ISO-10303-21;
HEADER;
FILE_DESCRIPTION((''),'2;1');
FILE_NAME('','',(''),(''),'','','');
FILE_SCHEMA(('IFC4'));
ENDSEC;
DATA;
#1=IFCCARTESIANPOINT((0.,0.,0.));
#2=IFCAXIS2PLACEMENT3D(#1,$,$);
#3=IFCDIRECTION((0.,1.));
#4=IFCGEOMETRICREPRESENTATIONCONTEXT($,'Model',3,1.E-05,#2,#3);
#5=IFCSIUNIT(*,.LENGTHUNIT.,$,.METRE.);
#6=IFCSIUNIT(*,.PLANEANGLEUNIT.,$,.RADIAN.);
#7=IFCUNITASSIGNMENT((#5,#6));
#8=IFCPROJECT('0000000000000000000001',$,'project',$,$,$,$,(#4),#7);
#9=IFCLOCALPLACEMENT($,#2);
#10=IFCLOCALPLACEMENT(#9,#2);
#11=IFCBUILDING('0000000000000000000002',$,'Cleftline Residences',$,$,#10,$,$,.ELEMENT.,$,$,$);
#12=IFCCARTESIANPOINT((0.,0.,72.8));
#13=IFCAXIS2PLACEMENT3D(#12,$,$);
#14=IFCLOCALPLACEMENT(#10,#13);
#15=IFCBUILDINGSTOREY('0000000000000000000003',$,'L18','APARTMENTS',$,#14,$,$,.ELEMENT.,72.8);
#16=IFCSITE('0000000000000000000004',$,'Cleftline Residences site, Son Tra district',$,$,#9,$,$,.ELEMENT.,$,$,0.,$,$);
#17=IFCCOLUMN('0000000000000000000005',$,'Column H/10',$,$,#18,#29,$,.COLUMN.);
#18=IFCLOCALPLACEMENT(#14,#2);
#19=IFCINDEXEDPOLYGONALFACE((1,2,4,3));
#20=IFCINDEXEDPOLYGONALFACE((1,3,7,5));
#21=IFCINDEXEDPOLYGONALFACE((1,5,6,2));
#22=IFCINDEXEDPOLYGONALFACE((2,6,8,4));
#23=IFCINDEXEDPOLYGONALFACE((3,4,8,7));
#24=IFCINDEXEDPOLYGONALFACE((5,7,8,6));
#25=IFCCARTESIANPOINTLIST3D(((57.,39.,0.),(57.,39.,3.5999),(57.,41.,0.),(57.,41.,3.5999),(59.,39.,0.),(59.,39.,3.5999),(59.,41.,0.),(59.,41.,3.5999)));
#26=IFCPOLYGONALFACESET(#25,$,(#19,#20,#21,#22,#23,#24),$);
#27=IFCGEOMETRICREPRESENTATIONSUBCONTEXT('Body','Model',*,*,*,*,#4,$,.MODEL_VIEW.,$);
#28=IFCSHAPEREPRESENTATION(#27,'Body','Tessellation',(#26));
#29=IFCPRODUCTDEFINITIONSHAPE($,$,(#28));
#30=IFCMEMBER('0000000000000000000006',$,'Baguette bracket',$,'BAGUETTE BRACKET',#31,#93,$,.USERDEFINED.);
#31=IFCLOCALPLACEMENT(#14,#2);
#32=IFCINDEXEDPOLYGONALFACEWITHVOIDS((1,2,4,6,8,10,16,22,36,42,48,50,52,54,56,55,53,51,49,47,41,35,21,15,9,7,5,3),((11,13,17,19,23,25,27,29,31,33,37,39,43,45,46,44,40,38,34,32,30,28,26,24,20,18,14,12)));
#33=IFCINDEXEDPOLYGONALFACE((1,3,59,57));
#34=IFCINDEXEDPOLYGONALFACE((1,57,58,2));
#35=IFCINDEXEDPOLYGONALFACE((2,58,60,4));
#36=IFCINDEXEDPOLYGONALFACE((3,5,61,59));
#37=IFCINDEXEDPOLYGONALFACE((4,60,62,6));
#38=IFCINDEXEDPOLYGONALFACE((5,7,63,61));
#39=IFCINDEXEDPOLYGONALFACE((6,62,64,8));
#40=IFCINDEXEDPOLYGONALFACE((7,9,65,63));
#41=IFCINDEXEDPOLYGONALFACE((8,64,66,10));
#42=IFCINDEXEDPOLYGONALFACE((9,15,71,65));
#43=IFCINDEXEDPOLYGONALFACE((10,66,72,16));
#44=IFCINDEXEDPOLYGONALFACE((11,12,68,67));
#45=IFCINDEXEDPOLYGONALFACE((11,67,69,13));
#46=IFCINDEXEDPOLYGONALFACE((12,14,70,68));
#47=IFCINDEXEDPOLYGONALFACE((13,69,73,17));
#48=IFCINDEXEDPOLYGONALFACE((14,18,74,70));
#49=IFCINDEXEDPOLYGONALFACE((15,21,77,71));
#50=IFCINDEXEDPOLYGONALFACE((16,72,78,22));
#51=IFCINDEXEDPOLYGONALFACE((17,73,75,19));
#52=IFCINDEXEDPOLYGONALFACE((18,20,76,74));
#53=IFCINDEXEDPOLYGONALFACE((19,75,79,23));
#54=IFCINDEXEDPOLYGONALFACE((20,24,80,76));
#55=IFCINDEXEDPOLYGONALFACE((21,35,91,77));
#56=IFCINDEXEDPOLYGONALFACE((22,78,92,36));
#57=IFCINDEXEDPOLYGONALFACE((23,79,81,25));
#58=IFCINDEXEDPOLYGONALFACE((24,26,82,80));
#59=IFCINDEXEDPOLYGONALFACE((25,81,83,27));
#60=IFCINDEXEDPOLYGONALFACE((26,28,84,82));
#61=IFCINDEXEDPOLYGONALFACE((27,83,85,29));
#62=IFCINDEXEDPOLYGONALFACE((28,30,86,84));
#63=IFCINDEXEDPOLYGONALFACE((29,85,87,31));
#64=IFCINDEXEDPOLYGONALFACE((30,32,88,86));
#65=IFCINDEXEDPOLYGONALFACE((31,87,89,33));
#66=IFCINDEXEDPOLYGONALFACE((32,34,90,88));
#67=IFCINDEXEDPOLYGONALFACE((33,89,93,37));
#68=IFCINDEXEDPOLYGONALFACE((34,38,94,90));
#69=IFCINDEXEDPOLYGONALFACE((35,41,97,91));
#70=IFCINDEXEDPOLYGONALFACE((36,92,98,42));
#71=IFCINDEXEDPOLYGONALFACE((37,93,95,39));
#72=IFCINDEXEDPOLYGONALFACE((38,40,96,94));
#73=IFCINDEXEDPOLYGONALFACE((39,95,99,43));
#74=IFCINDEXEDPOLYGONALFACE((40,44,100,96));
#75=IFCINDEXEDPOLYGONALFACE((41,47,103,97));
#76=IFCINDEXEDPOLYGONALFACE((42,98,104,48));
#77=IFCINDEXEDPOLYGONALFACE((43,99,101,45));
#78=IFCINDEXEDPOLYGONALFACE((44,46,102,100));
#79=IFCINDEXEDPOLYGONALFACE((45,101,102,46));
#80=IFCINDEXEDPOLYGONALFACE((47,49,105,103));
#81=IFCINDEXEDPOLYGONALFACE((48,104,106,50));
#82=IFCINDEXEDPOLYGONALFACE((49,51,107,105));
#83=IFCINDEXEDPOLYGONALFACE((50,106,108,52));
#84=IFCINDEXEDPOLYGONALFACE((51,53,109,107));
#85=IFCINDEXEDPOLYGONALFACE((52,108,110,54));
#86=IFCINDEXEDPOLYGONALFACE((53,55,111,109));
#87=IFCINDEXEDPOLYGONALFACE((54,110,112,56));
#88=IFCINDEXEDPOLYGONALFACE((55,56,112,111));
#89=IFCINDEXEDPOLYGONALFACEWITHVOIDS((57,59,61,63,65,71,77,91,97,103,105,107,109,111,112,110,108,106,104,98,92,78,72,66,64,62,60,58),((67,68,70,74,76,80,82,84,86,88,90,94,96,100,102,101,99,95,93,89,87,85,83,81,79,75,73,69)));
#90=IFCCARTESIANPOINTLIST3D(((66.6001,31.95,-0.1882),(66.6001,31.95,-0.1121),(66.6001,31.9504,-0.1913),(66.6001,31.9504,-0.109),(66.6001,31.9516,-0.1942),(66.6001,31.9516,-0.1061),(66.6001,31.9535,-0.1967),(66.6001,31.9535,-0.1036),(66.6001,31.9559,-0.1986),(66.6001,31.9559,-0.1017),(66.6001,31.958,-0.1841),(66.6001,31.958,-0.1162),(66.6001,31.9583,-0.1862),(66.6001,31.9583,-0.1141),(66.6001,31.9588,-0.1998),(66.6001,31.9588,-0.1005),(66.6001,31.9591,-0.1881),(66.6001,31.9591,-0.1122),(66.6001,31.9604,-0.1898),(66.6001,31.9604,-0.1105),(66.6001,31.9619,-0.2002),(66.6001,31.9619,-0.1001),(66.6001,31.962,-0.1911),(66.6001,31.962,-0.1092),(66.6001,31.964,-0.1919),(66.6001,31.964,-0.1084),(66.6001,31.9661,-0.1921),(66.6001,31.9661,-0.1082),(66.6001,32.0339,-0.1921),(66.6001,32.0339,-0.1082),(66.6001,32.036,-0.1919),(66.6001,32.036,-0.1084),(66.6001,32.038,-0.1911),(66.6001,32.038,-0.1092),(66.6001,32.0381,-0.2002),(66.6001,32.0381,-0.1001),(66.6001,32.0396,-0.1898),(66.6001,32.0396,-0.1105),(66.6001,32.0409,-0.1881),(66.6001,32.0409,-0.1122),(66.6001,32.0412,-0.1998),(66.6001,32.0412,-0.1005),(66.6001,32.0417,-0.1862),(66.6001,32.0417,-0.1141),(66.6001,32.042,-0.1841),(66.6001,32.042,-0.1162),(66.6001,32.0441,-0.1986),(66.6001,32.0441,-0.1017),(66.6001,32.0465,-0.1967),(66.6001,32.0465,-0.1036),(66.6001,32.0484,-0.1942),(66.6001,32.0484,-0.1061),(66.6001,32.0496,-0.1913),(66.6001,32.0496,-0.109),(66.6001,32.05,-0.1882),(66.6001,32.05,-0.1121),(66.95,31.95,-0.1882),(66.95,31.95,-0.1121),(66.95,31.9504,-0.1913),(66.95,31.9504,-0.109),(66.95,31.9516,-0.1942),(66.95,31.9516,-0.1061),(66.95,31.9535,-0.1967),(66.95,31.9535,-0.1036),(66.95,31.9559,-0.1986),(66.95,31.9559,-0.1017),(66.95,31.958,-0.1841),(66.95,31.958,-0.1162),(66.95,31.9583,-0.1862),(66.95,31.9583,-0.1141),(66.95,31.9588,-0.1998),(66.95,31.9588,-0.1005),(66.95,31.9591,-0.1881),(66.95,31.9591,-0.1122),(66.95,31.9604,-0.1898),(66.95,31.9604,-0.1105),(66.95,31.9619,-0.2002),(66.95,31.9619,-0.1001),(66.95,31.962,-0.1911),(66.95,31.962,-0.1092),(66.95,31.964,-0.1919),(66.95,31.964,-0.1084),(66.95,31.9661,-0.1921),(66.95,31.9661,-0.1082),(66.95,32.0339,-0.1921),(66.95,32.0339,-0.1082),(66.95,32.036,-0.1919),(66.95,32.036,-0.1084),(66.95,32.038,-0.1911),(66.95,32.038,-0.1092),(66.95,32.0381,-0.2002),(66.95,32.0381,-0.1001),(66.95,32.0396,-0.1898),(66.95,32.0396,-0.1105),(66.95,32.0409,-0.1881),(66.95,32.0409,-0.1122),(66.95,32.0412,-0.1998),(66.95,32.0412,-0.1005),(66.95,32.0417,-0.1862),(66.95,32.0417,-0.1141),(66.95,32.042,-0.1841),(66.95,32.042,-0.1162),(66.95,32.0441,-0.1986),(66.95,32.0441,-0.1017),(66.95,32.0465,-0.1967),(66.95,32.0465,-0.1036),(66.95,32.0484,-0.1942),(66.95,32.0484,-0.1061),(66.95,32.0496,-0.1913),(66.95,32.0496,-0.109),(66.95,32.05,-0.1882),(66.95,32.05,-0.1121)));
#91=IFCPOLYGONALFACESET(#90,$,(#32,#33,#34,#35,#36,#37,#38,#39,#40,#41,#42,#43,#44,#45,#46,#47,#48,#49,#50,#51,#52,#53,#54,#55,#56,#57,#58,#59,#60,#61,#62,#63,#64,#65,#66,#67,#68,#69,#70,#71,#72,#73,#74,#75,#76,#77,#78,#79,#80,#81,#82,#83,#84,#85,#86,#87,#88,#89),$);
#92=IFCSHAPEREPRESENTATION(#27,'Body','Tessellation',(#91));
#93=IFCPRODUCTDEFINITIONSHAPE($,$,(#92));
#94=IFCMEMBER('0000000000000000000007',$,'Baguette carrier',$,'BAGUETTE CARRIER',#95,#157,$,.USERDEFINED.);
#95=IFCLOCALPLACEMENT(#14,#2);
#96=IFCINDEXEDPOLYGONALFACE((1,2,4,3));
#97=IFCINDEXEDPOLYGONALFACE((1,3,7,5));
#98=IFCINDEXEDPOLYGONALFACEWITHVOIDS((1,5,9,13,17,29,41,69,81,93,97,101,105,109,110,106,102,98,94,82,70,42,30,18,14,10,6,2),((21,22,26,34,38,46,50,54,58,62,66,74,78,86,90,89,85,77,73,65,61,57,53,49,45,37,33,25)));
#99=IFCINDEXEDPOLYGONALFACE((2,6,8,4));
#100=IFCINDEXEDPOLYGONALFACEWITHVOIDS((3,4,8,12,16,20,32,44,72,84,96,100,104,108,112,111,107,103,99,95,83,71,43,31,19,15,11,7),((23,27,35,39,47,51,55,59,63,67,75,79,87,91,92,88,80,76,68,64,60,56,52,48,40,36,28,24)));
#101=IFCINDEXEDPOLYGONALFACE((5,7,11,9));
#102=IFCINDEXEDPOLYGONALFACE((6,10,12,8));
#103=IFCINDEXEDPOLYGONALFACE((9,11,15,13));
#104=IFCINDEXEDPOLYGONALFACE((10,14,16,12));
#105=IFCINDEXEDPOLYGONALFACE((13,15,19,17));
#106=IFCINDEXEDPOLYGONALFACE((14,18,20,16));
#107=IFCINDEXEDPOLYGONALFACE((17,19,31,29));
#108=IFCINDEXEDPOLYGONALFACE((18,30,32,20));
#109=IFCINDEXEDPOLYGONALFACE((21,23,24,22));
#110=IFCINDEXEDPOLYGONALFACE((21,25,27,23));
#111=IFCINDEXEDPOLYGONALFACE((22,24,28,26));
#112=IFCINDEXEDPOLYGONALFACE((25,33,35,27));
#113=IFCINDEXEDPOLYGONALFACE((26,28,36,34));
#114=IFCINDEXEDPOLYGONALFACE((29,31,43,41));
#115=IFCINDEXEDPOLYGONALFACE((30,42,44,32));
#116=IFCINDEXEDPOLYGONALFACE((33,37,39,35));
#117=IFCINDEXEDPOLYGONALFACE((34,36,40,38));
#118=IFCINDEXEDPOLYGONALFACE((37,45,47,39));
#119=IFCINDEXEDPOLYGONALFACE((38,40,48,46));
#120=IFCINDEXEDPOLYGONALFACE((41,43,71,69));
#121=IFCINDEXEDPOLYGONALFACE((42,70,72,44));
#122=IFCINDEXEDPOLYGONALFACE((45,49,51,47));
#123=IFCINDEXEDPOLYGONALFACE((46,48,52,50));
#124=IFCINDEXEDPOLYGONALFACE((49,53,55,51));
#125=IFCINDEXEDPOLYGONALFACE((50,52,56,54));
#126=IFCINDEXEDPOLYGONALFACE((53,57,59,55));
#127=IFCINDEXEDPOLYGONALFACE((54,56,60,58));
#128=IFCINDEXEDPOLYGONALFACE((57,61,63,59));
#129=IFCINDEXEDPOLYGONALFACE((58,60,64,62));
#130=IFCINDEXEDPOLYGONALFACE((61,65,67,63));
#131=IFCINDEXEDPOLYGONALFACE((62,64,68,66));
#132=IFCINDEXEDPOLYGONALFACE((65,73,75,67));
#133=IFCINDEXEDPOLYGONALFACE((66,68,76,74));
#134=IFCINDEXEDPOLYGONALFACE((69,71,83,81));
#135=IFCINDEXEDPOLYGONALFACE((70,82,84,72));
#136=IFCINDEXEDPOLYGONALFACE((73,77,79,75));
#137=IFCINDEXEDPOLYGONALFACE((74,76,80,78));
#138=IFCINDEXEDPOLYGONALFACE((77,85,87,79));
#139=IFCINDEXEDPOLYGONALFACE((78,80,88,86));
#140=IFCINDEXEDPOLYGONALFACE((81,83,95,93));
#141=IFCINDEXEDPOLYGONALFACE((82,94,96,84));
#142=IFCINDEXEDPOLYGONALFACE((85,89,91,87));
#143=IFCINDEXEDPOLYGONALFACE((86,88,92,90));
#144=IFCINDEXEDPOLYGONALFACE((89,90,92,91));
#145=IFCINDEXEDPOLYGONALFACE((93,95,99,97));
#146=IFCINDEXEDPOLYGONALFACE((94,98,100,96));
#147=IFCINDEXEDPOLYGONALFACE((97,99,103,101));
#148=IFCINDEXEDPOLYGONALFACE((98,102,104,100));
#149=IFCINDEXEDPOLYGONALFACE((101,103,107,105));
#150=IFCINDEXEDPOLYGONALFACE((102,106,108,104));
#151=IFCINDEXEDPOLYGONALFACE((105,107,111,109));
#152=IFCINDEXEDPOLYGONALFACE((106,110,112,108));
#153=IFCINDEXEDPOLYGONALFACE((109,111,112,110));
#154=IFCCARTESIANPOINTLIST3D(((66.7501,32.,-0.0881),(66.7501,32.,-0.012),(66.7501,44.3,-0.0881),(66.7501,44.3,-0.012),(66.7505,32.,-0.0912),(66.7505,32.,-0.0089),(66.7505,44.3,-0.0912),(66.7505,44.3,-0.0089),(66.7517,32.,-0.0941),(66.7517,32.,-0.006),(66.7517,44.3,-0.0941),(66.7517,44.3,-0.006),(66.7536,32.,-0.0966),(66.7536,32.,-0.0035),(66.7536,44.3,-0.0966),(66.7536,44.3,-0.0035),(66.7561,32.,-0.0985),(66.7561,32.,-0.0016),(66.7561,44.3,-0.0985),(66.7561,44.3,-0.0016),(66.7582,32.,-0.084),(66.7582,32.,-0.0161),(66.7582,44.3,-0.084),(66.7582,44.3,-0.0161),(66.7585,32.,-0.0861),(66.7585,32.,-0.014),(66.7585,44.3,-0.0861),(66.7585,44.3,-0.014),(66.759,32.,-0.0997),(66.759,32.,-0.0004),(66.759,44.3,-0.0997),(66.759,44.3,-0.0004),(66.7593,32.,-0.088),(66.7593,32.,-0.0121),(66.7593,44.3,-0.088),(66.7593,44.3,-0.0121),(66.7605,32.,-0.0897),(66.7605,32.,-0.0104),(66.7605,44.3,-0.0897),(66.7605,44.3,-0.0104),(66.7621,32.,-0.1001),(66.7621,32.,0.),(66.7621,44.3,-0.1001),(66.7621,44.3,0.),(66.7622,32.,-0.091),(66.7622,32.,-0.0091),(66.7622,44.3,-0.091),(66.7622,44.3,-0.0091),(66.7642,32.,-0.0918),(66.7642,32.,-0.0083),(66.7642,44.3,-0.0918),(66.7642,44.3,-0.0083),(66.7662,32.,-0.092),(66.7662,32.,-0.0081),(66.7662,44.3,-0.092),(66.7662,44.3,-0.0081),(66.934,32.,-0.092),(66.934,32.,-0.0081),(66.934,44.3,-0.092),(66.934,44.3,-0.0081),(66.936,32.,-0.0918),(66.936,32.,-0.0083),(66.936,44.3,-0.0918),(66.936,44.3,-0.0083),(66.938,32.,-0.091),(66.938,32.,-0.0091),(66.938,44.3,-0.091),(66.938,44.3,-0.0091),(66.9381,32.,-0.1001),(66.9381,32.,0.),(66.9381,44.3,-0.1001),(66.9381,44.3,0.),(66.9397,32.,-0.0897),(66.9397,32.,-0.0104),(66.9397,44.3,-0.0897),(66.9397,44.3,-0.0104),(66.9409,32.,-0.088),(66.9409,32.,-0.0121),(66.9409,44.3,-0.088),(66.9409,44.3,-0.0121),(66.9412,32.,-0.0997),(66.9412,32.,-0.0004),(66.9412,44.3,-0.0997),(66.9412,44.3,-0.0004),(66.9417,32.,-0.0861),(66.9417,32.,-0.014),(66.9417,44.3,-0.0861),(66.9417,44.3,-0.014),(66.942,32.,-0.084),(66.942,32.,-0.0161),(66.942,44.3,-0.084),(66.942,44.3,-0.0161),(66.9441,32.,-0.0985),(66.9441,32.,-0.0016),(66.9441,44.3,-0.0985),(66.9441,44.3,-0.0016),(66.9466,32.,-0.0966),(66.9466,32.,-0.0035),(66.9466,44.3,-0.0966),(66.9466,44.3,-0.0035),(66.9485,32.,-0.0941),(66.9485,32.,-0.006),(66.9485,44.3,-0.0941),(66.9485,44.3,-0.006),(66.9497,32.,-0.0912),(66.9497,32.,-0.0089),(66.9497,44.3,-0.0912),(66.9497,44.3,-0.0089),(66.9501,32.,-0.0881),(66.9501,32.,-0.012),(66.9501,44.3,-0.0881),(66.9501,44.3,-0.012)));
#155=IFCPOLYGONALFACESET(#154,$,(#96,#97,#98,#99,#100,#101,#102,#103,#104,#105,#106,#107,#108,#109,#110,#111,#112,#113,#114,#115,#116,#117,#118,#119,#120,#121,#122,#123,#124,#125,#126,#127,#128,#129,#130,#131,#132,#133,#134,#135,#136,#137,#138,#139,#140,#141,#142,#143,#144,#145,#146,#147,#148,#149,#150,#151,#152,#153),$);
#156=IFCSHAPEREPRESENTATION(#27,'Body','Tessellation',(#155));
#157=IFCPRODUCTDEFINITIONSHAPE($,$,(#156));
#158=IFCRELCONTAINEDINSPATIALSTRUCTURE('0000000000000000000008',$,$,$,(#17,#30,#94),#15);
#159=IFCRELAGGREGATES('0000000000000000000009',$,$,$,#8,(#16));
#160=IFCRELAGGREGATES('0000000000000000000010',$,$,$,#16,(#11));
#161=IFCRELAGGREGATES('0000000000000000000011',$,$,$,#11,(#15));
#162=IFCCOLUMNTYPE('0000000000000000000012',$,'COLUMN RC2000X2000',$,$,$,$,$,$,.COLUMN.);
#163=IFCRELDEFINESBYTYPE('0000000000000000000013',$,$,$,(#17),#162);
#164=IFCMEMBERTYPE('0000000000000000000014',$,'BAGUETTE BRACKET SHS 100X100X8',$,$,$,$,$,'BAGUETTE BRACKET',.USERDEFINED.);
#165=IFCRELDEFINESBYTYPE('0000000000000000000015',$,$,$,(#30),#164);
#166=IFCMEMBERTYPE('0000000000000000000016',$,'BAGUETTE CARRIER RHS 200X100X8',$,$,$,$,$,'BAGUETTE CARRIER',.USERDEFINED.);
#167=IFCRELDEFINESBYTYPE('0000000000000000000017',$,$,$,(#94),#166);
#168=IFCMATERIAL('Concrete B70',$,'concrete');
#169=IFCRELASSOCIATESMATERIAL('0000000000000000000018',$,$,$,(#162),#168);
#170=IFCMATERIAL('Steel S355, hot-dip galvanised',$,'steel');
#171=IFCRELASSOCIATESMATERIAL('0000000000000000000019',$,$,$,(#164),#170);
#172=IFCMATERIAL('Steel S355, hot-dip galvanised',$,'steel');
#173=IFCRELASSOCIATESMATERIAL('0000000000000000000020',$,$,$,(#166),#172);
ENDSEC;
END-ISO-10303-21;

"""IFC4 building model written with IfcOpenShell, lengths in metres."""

from ifc_helpers import new_model, si_unit, direction, frame, origin, origin_2d, place, context, subcontext, project, spatial, rectangle, hollow_rectangle, extrude, material, material_profile, profile_set, type_object, element, save


model = new_model("IFC4")

# Units and contexts
model_context = context("Model", 3, precision=1e-05, world=origin(), true_north=direction((0.0, 1.0)))
body_context = subcontext(model_context, "Body", "Model", "MODEL_VIEW")
ifc_project = project(units=[si_unit("LENGTHUNIT", "METRE"), si_unit("PLANEANGLEUNIT", "RADIAN")], contexts=[model_context])

# Site, building, storey
site_placement = place(None, origin())
site = spatial("IfcSite", under=ifc_project, at=site_placement, Name="Cleftline Residences site, Son Tra district", CompositionType="ELEMENT", RefElevation=0.0)
building_placement = place(site_placement, origin())
building = spatial("IfcBuilding", under=site, at=building_placement, Name="Cleftline Residences", CompositionType="ELEMENT")
storey_placement = place(building_placement, frame((0.0, 0.0, 72.8)))
storey = spatial("IfcBuildingStorey", under=building, at=storey_placement, Name="L18", Description="APARTMENTS", CompositionType="ELEMENT", Elevation=72.8)

# Column
ifc_material_1 = material(Name="Concrete B70", Category="concrete")
ifc_material_profile_1 = material_profile(ifc_material_1, rectangle(XDim=2.0, YDim=2.0, at=origin_2d()))
ifc_profile_set_1 = profile_set([ifc_material_profile_1], Name="Concrete B70")
column_type = type_object("IfcColumnType", Name="COLUMN RC2000X2000", PredefinedType="COLUMN", material=ifc_profile_set_1)
column_placement = place(storey_placement, frame((58.0, 40.0, 0.0), z_axis=(0.0, 0.0, 1.0), x_axis=(1.0, 0.0, 0.0)))
element("IfcColumn", 1, at=column_placement, inside=storey, type_object=column_type, Name="Column H/10", PredefinedType="COLUMN", context=body_context, shape_type="SweptSolid", body=[
    extrude(rectangle(XDim=2.0, YDim=2.0, at=origin_2d()), origin(), (0.0, 0.0, 1.0), 3.5999),
])

# Members
ifc_material_2 = material(Name="Steel S355, hot-dip galvanised", Category="steel")
ifc_material_profile_2 = material_profile(ifc_material_2, hollow_rectangle(XDim=0.1001, YDim=0.1001, WallThickness=0.0081, InnerFilletRadius=0.0081, OuterFilletRadius=0.012, at=origin_2d()))
ifc_profile_set_2 = profile_set([ifc_material_profile_2], Name="Steel S355, hot-dip galvanised")
member_type_1 = type_object("IfcMemberType", Name="BAGUETTE BRACKET SHS 100X100X8", ElementType="BAGUETTE BRACKET", PredefinedType="USERDEFINED", material=ifc_profile_set_2)
member_1_placement = place(storey_placement, frame((66.6001, 32.0, -0.1501), z_axis=(1.0, 0.0, 0.0), x_axis=(0.0, 1.0, 0.0)))
element("IfcMember", 2, at=member_1_placement, inside=storey, type_object=member_type_1, Name="Baguette bracket", ObjectType="BAGUETTE BRACKET", PredefinedType="USERDEFINED", context=body_context, shape_type="SweptSolid", body=[
    extrude(hollow_rectangle(XDim=0.1001, YDim=0.1001, WallThickness=0.0081, InnerFilletRadius=0.0081, OuterFilletRadius=0.012, at=origin_2d()), origin(), (0.0, 0.0, 1.0), 0.3499),
])
ifc_material_3 = material(Name="Steel S355, hot-dip galvanised", Category="steel")
ifc_material_profile_3 = material_profile(ifc_material_3, hollow_rectangle(XDim=0.1001, YDim=0.2, WallThickness=0.0081, InnerFilletRadius=0.0081, OuterFilletRadius=0.012, at=origin_2d()))
ifc_profile_set_3 = profile_set([ifc_material_profile_3], Name="Steel S355, hot-dip galvanised")
member_type_2 = type_object("IfcMemberType", Name="BAGUETTE CARRIER RHS 200X100X8", ElementType="BAGUETTE CARRIER", PredefinedType="USERDEFINED", material=ifc_profile_set_3)
member_2_placement = place(storey_placement, frame((66.8501, 32.0, -0.05), z_axis=(0.0, 1.0, 0.0), x_axis=(0.0, 0.0, 1.0)))
element("IfcMember", 3, at=member_2_placement, inside=storey, type_object=member_type_2, Name="Baguette carrier", ObjectType="BAGUETTE CARRIER", PredefinedType="USERDEFINED", context=body_context, shape_type="SweptSolid", body=[
    extrude(hollow_rectangle(XDim=0.1001, YDim=0.2, WallThickness=0.0081, InnerFilletRadius=0.0081, OuterFilletRadius=0.012, at=origin_2d()), origin(), (0.0, 0.0, 1.0), 12.3),
])

save(model, "model.ifc")
